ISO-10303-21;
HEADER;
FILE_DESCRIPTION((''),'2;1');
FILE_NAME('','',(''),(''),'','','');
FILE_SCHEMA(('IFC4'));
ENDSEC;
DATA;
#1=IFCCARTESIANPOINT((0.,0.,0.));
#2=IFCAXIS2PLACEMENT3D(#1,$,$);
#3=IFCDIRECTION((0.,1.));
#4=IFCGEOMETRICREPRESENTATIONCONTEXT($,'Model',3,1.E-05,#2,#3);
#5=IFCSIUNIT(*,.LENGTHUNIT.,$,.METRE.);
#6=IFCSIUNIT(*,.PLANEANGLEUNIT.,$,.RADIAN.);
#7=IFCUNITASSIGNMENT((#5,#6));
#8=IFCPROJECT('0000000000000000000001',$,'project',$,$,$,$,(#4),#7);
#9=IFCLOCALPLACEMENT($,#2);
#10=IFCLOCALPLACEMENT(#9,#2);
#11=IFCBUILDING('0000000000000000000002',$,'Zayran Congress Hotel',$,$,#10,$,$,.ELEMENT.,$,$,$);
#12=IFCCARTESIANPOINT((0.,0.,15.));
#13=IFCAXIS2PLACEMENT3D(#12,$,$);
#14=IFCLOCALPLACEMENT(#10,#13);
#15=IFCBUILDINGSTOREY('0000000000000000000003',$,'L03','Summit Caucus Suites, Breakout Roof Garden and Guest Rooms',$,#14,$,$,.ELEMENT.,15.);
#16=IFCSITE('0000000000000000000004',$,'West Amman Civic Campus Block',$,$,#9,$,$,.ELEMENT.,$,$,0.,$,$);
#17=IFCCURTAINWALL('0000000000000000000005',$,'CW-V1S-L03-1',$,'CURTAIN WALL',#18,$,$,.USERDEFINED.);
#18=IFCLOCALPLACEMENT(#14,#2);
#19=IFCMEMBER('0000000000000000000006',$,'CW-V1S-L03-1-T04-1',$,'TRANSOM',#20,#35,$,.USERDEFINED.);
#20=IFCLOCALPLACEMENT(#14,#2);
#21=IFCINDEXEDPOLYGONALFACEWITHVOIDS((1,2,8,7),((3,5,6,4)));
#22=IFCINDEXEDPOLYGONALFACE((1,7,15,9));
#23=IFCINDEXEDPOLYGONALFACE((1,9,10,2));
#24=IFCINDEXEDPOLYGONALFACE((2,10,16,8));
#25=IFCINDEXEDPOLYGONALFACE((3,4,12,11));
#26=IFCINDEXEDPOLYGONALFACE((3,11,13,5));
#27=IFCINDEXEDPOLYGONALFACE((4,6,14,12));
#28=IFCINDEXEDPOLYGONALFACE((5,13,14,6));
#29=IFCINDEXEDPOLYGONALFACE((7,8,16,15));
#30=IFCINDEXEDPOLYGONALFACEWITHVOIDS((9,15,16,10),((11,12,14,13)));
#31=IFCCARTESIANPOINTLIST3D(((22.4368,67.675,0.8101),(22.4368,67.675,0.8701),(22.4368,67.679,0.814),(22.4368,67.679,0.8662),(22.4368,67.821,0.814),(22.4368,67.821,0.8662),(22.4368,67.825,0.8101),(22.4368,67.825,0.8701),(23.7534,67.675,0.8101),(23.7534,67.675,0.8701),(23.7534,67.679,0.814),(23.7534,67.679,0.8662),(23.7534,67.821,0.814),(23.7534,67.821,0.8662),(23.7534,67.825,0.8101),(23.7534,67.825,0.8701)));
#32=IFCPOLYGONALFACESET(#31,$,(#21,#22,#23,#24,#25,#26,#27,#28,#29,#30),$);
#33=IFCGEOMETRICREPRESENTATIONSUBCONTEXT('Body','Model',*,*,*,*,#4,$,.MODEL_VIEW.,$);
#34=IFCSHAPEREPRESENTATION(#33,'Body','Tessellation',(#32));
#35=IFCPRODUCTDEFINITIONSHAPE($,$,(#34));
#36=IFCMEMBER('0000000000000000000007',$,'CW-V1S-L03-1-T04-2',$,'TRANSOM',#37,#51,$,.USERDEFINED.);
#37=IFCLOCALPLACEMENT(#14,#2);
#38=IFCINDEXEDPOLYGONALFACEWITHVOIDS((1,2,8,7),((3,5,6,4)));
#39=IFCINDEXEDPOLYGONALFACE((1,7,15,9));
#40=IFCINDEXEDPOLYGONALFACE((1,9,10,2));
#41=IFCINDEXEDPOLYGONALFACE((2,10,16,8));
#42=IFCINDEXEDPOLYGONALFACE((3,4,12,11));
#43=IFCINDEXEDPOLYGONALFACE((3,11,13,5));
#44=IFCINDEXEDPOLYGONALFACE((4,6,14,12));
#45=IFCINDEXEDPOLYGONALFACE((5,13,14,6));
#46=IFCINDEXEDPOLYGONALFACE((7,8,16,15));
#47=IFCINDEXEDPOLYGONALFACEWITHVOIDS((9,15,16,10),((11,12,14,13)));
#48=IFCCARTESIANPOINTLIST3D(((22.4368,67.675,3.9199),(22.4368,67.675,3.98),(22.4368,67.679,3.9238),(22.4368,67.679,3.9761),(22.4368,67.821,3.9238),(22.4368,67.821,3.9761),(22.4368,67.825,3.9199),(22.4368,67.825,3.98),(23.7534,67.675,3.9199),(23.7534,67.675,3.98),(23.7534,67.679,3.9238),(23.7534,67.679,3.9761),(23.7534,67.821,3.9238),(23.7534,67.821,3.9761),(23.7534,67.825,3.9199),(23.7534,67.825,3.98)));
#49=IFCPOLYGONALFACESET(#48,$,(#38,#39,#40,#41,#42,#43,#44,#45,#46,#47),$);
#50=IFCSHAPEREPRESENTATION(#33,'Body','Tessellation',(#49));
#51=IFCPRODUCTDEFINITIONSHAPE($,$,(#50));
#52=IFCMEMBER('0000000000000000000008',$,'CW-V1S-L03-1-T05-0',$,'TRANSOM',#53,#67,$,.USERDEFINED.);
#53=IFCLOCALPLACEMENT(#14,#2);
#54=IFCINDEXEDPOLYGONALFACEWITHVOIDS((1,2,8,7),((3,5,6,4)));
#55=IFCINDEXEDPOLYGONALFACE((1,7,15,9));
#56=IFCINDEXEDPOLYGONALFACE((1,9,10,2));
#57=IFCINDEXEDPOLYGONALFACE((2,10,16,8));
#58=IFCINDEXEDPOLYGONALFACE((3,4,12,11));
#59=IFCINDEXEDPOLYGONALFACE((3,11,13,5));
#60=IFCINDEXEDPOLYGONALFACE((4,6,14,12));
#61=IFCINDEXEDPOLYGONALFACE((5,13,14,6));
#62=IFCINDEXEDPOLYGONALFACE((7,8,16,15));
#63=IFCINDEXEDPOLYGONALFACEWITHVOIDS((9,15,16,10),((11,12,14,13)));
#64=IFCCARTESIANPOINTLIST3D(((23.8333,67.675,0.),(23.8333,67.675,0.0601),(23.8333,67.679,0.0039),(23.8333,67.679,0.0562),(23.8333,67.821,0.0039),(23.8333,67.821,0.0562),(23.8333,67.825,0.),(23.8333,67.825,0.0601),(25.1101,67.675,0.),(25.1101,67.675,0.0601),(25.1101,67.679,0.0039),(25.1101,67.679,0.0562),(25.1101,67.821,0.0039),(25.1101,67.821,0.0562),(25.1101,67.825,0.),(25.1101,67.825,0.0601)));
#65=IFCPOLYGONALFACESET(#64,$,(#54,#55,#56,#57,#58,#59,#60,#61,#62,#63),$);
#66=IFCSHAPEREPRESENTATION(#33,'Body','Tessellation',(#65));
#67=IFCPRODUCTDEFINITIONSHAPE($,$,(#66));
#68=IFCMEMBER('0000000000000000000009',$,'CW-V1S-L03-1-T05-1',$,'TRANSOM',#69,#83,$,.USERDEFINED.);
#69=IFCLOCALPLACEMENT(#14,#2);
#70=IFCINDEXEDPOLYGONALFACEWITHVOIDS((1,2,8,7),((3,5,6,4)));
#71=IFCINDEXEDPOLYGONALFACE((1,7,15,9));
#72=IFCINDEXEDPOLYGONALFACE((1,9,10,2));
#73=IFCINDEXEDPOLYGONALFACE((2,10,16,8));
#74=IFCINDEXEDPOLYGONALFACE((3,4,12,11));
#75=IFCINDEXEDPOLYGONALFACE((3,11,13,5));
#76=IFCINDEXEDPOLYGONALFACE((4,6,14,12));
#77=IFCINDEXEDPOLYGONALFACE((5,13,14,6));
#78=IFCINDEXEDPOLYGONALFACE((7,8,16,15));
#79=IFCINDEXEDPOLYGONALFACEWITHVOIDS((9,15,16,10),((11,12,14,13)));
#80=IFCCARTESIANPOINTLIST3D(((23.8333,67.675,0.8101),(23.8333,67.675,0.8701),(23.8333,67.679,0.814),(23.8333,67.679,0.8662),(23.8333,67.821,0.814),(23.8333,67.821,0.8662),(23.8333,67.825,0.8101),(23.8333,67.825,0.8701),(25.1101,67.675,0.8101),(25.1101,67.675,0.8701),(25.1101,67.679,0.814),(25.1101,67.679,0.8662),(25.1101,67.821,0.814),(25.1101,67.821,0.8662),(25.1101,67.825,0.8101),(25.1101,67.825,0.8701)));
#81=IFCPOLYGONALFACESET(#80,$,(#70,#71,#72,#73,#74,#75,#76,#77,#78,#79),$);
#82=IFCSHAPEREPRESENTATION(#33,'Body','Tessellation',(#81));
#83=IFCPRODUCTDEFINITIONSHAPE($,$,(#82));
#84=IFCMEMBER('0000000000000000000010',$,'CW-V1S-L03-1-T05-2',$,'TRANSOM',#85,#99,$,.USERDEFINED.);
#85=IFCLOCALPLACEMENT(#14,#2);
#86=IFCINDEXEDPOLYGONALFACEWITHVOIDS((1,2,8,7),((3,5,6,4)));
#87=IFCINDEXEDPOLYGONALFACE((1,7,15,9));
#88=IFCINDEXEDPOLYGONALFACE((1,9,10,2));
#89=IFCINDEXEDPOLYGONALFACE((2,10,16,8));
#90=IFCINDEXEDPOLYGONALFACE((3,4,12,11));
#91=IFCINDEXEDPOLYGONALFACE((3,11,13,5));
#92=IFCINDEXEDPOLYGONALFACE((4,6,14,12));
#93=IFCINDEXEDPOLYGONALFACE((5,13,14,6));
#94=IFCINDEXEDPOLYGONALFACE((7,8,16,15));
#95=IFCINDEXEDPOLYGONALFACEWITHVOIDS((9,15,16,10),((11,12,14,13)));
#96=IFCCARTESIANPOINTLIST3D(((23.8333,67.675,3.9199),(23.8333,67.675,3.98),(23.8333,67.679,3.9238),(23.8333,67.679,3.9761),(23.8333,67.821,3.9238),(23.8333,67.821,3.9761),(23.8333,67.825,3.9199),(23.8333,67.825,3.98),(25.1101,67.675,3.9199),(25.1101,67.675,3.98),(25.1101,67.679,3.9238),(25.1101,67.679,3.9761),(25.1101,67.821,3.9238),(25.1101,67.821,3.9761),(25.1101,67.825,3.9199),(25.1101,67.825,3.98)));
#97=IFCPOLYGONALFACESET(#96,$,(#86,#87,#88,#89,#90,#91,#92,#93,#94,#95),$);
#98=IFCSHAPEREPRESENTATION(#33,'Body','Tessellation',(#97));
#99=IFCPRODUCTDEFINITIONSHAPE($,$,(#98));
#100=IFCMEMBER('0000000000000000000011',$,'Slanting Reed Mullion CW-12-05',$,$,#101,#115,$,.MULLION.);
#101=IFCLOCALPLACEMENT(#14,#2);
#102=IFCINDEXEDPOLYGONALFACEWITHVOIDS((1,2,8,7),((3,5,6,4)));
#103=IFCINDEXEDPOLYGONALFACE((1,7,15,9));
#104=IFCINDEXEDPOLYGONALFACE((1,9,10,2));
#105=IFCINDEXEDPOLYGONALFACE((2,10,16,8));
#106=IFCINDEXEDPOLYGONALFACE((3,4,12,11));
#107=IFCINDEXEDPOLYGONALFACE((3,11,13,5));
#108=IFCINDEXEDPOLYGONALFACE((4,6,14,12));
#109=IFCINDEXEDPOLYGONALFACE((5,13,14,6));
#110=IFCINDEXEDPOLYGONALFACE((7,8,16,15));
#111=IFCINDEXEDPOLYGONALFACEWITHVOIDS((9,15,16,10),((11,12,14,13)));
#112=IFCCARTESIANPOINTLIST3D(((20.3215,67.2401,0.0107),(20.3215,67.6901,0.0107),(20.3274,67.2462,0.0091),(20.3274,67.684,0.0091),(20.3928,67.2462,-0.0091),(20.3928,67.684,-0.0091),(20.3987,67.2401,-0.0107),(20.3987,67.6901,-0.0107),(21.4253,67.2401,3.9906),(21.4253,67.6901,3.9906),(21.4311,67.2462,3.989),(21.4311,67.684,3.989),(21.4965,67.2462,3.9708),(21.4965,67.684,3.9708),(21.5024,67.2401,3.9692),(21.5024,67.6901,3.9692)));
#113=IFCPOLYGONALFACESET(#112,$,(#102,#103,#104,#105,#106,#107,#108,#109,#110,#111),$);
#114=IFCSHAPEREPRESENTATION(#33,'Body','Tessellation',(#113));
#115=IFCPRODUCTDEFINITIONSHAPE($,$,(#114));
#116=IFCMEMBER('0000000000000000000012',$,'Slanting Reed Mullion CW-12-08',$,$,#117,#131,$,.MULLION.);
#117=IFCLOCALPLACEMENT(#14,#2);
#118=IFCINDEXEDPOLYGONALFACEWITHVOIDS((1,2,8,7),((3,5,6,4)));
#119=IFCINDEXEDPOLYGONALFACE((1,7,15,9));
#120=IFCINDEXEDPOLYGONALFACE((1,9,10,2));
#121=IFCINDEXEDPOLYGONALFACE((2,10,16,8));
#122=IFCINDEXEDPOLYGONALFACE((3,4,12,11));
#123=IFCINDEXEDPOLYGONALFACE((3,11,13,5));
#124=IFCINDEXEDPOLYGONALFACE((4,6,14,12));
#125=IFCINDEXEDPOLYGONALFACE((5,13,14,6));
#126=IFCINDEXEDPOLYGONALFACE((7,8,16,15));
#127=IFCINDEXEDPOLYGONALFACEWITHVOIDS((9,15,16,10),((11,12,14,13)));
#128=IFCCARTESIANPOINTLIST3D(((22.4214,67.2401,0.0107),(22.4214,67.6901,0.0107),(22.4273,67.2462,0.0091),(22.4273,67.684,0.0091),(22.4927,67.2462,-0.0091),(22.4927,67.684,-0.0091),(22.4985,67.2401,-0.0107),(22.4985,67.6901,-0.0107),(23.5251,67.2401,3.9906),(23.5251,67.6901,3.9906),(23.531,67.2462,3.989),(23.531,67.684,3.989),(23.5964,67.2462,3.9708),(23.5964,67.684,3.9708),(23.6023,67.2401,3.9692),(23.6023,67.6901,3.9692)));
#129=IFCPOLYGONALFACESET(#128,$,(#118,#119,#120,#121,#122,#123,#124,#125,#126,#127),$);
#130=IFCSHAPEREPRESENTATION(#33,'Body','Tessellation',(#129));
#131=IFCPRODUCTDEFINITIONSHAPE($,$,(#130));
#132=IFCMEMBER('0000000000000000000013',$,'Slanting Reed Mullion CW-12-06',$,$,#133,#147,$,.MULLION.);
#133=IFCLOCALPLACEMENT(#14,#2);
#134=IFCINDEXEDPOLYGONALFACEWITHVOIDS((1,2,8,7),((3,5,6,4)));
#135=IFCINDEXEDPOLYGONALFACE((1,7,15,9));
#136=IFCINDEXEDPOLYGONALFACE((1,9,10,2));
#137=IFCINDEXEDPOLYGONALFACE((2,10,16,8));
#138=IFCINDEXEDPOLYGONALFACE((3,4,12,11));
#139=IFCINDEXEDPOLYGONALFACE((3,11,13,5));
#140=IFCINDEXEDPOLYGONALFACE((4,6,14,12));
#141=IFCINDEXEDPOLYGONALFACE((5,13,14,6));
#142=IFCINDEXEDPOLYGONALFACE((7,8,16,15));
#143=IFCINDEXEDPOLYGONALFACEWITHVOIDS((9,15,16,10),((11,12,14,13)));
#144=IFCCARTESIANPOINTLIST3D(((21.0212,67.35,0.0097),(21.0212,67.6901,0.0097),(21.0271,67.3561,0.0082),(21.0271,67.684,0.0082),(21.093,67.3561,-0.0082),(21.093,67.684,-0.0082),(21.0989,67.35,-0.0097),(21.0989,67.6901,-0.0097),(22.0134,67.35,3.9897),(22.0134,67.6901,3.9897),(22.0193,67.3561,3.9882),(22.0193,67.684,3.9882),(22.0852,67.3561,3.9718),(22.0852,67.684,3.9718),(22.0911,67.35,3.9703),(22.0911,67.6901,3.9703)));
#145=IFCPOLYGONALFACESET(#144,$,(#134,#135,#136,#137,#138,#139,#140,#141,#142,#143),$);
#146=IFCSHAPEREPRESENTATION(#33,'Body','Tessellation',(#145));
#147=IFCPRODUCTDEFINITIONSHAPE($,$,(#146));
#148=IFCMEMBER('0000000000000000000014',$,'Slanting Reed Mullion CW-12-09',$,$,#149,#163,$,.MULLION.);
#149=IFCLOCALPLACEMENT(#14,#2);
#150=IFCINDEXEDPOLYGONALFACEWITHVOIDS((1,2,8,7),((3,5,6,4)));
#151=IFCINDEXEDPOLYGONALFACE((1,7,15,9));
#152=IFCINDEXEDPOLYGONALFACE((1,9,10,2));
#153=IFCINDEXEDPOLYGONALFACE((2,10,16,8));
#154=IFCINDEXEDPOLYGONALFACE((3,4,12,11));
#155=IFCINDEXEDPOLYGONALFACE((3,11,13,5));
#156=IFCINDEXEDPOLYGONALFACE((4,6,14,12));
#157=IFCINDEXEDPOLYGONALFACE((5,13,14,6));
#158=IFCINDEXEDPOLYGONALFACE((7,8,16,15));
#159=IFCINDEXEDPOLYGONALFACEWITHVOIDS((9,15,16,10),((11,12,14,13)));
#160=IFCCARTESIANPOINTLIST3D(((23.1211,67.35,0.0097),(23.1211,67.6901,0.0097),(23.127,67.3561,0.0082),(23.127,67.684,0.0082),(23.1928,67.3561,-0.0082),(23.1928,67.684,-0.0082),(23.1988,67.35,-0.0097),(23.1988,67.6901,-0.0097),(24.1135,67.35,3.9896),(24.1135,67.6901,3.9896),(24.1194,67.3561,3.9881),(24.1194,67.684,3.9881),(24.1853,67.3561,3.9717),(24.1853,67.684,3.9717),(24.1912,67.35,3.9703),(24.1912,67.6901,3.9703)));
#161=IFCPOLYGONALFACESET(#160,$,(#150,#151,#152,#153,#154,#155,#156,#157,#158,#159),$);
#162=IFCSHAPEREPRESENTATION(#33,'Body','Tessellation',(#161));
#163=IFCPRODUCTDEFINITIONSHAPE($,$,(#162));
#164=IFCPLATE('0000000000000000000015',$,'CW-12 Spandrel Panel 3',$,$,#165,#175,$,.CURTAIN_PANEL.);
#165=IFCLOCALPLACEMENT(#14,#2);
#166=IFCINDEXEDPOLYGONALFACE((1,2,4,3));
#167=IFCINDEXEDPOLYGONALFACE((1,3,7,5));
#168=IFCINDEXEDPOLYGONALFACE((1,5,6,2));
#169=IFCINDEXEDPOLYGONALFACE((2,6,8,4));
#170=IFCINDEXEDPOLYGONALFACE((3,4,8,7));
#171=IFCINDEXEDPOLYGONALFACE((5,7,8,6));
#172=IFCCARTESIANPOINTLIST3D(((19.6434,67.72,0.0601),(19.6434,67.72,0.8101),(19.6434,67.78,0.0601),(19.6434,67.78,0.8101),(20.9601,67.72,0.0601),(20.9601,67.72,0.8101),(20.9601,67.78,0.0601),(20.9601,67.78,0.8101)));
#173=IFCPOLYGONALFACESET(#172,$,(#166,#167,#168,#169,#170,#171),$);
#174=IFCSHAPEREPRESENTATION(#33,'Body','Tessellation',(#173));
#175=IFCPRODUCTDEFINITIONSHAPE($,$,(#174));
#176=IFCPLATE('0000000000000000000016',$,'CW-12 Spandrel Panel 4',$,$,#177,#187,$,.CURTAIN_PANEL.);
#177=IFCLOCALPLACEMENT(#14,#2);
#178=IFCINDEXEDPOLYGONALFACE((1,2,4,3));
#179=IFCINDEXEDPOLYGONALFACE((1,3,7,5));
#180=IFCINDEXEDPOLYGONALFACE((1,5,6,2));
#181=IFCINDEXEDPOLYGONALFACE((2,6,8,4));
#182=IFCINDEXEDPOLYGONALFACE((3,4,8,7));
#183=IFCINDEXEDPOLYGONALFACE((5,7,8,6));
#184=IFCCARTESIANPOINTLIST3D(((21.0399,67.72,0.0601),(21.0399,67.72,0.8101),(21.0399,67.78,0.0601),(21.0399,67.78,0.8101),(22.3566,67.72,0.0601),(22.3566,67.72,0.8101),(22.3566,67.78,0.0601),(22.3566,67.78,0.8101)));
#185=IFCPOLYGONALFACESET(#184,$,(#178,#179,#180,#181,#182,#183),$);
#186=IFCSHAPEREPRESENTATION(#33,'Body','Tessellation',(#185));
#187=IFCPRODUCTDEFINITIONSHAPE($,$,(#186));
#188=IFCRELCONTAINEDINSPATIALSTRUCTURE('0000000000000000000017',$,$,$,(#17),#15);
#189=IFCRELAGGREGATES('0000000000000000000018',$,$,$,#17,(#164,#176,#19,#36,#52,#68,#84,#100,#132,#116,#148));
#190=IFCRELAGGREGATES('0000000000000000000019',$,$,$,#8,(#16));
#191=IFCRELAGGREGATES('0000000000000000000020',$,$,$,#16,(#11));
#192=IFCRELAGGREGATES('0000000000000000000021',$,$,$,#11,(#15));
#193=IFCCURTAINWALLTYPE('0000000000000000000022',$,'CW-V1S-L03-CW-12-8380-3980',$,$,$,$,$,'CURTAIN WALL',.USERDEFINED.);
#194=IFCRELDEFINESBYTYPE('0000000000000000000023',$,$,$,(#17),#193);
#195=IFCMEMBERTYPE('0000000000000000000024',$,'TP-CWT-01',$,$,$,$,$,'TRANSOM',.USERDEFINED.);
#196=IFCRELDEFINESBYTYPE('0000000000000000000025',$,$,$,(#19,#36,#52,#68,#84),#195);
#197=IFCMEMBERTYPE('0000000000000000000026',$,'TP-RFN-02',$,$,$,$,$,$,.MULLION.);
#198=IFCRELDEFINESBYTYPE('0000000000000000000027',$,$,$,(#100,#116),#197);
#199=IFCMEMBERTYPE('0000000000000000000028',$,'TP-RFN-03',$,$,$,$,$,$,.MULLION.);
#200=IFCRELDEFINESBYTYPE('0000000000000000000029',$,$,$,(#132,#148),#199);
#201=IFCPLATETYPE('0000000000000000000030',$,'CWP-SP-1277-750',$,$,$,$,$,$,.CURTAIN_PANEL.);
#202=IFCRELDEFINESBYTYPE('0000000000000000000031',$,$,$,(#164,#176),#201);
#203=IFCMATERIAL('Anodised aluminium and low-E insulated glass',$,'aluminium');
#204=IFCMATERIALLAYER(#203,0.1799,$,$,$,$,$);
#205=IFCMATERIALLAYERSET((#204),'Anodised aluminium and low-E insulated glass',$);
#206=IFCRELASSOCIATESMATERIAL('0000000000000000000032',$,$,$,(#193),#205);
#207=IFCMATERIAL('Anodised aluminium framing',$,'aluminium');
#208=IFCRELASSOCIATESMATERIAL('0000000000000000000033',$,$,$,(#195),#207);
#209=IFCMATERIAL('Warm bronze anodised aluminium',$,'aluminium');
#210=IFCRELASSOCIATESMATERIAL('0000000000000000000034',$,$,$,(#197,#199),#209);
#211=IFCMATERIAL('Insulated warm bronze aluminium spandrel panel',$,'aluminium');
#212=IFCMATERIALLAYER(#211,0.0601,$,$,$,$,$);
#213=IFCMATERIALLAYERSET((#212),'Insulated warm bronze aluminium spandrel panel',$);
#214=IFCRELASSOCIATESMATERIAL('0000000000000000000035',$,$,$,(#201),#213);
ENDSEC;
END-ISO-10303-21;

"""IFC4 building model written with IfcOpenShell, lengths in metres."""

from ifc_helpers import new_model, si_unit, direction, frame, origin, origin_2d, place, context, subcontext, project, spatial, rectangle, hollow_rectangle, extrude, material, layer, layer_set, material_profile, profile_set, type_object, element, aggregate, save


model = new_model("IFC4")

# Units and contexts
model_context = context("Model", 3, precision=1e-05, world=origin(), true_north=direction((0.0, 1.0)))
body_context = subcontext(model_context, "Body", "Model", "MODEL_VIEW")
ifc_project = project(units=[si_unit("LENGTHUNIT", "METRE"), si_unit("PLANEANGLEUNIT", "RADIAN")], contexts=[model_context])

# Site, building, storey
site_placement = place(None, origin())
site = spatial("IfcSite", under=ifc_project, at=site_placement, Name="West Amman Civic Campus Block", CompositionType="ELEMENT", RefElevation=0.0)
building_placement = place(site_placement, origin())
building = spatial("IfcBuilding", under=site, at=building_placement, Name="Zayran Congress Hotel", CompositionType="ELEMENT")
storey_placement = place(building_placement, frame((0.0, 0.0, 15.0)))
storey = spatial("IfcBuildingStorey", under=building, at=storey_placement, Name="L03", Description="Summit Caucus Suites, Breakout Roof Garden and Guest Rooms", CompositionType="ELEMENT", Elevation=15.0)

# Curtain wall, members, plates
ifc_material_1 = material(Name="Anodised aluminium and low-E insulated glass", Category="aluminium")
ifc_layer_1 = layer(ifc_material_1, 0.1799)
ifc_layer_set_1 = layer_set([ifc_layer_1], Name="Anodised aluminium and low-E insulated glass")
curtain_wall_type = type_object("IfcCurtainWallType", Name="CW-V1S-L03-CW-12-8380-3980", ElementType="CURTAIN WALL", PredefinedType="USERDEFINED", material=ifc_layer_set_1)
curtain_wall_placement = place(storey_placement, origin())
curtain_wall = element("IfcCurtainWall", 1, at=curtain_wall_placement, inside=storey, type_object=curtain_wall_type, Name="CW-V1S-L03-1", ObjectType="CURTAIN WALL", PredefinedType="USERDEFINED")
ifc_material_2 = material(Name="Anodised aluminium framing", Category="aluminium")
ifc_material_profile_1 = material_profile(ifc_material_2, hollow_rectangle(XDim=0.0601, YDim=0.1499, WallThickness=0.0039, at=origin_2d()), Name="RHS 150x60x4")
ifc_profile_set_1 = profile_set([ifc_material_profile_1], Name="Anodised aluminium framing")
member_type_1 = type_object("IfcMemberType", Name="TP-CWT-01", ElementType="TRANSOM", PredefinedType="USERDEFINED", material=ifc_profile_set_1)
member_1_placement = place(storey_placement, frame((22.4368, 67.75, 0.8401), z_axis=(1.0, 0.0, 0.0), x_axis=(0.0, 0.0, 1.0)))
member_1 = element("IfcMember", 2, at=member_1_placement, type_object=member_type_1, Name="CW-V1S-L03-1-T04-1", ObjectType="TRANSOM", PredefinedType="USERDEFINED", context=body_context, shape_type="SweptSolid", body=[
    extrude(hollow_rectangle(XDim=0.0601, YDim=0.1499, WallThickness=0.0039, at=origin_2d()), origin(), (0.0, 0.0, 1.0), 1.3167),
])
member_2_placement = place(storey_placement, frame((22.4368, 67.75, 3.95), z_axis=(1.0, 0.0, 0.0), x_axis=(0.0, 0.0, 1.0)))
member_2 = element("IfcMember", 3, at=member_2_placement, type_object=member_type_1, Name="CW-V1S-L03-1-T04-2", ObjectType="TRANSOM", PredefinedType="USERDEFINED", context=body_context, shape_type="SweptSolid", body=[
    extrude(hollow_rectangle(XDim=0.0601, YDim=0.1499, WallThickness=0.0039, at=origin_2d()), origin(), (0.0, 0.0, 1.0), 1.3167),
])
member_3_placement = place(storey_placement, frame((23.8333, 67.75, 0.03), z_axis=(1.0, 0.0, 0.0), x_axis=(0.0, 0.0, 1.0)))
member_3 = element("IfcMember", 4, at=member_3_placement, type_object=member_type_1, Name="CW-V1S-L03-1-T05-0", ObjectType="TRANSOM", PredefinedType="USERDEFINED", context=body_context, shape_type="SweptSolid", body=[
    extrude(hollow_rectangle(XDim=0.0601, YDim=0.1499, WallThickness=0.0039, at=origin_2d()), origin(), (0.0, 0.0, 1.0), 1.2769),
])
member_4_placement = place(storey_placement, frame((23.8333, 67.75, 0.8401), z_axis=(1.0, 0.0, 0.0), x_axis=(0.0, 0.0, 1.0)))
member_4 = element("IfcMember", 5, at=member_4_placement, type_object=member_type_1, Name="CW-V1S-L03-1-T05-1", ObjectType="TRANSOM", PredefinedType="USERDEFINED", context=body_context, shape_type="SweptSolid", body=[
    extrude(hollow_rectangle(XDim=0.0601, YDim=0.1499, WallThickness=0.0039, at=origin_2d()), origin(), (0.0, 0.0, 1.0), 1.2769),
])
member_5_placement = place(storey_placement, frame((23.8333, 67.75, 3.95), z_axis=(1.0, 0.0, 0.0), x_axis=(0.0, 0.0, 1.0)))
member_5 = element("IfcMember", 6, at=member_5_placement, type_object=member_type_1, Name="CW-V1S-L03-1-T05-2", ObjectType="TRANSOM", PredefinedType="USERDEFINED", context=body_context, shape_type="SweptSolid", body=[
    extrude(hollow_rectangle(XDim=0.0601, YDim=0.1499, WallThickness=0.0039, at=origin_2d()), origin(), (0.0, 0.0, 1.0), 1.2769),
])
ifc_material_3 = material(Name="Warm bronze anodised aluminium", Category="aluminium")
ifc_material_profile_2 = material_profile(ifc_material_3, hollow_rectangle(XDim=0.0801, YDim=0.45, WallThickness=0.0061, at=origin_2d()), Name="RHS 450x80x6")
ifc_profile_set_2 = profile_set([ifc_material_profile_2], Name="Warm bronze anodised aluminium")
member_type_2 = type_object("IfcMemberType", Name="TP-RFN-02", PredefinedType="MULLION", material=ifc_profile_set_2)
member_6_placement = place(storey_placement, frame((20.3601, 67.4651, 0.0), z_axis=(0.267241, 0.0, 0.96363), x_axis=(-0.96363, 0.0, 0.267241)))
member_6 = element("IfcMember", 7, at=member_6_placement, type_object=member_type_2, Name="Slanting Reed Mullion CW-12-05", PredefinedType="MULLION", context=body_context, shape_type="SweptSolid", body=[
    extrude(hollow_rectangle(XDim=0.0801, YDim=0.45, WallThickness=0.0061, at=origin_2d()), origin(), (0.0, 0.0, 1.0), 4.1301),
])
member_7_placement = place(storey_placement, frame((22.46, 67.4651, 0.0), z_axis=(0.267241, 0.0, 0.96363), x_axis=(-0.96363, 0.0, 0.267241)))
member_7 = element("IfcMember", 8, at=member_7_placement, type_object=member_type_2, Name="Slanting Reed Mullion CW-12-08", PredefinedType="MULLION", context=body_context, shape_type="SweptSolid", body=[
    extrude(hollow_rectangle(XDim=0.0801, YDim=0.45, WallThickness=0.0061, at=origin_2d()), origin(), (0.0, 0.0, 1.0), 4.1301),
])
ifc_material_profile_3 = material_profile(ifc_material_3, hollow_rectangle(XDim=0.0801, YDim=0.3401, WallThickness=0.0061, at=origin_2d()), Name="RHS 340x80x6")
ifc_profile_set_3 = profile_set([ifc_material_profile_3], Name="Warm bronze anodised aluminium")
member_type_3 = type_object("IfcMemberType", Name="TP-RFN-03", PredefinedType="MULLION", material=ifc_profile_set_3)
member_8_placement = place(storey_placement, frame((21.0601, 67.52, 0.0), z_axis=(0.241891, 0.0, 0.970303), x_axis=(-0.970303, 0.0, 0.241891)))
member_8 = element("IfcMember", 9, at=member_8_placement, type_object=member_type_3, Name="Slanting Reed Mullion CW-12-06", PredefinedType="MULLION", context=body_context, shape_type="SweptSolid", body=[
    extrude(hollow_rectangle(XDim=0.0801, YDim=0.3401, WallThickness=0.0061, at=origin_2d()), origin(), (0.0, 0.0, 1.0), 4.1018),
])
member_9_placement = place(storey_placement, frame((23.1599, 67.52, 0.0), z_axis=(0.241947, 0.0, 0.970289), x_axis=(-0.970289, 0.0, 0.241947)))
member_9 = element("IfcMember", 10, at=member_9_placement, type_object=member_type_3, Name="Slanting Reed Mullion CW-12-09", PredefinedType="MULLION", context=body_context, shape_type="SweptSolid", body=[
    extrude(hollow_rectangle(XDim=0.0801, YDim=0.3401, WallThickness=0.0061, at=origin_2d()), origin(), (0.0, 0.0, 1.0), 4.1018),
])
ifc_material_4 = material(Name="Insulated warm bronze aluminium spandrel panel", Category="aluminium")
ifc_layer_2 = layer(ifc_material_4, 0.0601)
ifc_layer_set_2 = layer_set([ifc_layer_2], Name="Insulated warm bronze aluminium spandrel panel")
plate_type_1 = type_object("IfcPlateType", Name="CWP-SP-1277-750", PredefinedType="CURTAIN_PANEL", material=ifc_layer_set_2)
plate_1_placement = place(storey_placement, frame((20.3018, 67.75, 0.0601), z_axis=(0.0, 0.0, 1.0), x_axis=(1.0, 0.0, 0.0)))
plate_1 = element("IfcPlate", 11, at=plate_1_placement, type_object=plate_type_1, Name="CW-12 Spandrel Panel 3", PredefinedType="CURTAIN_PANEL", context=body_context, shape_type="SweptSolid", body=[
    extrude(rectangle(XDim=1.3167, YDim=0.0601, at=origin_2d()), origin(), (0.0, 0.0, 1.0), 0.75),
])
plate_2_placement = place(storey_placement, frame((21.6982, 67.75, 0.0601), z_axis=(0.0, 0.0, 1.0), x_axis=(1.0, 0.0, 0.0)))
plate_2 = element("IfcPlate", 12, at=plate_2_placement, type_object=plate_type_1, Name="CW-12 Spandrel Panel 4", PredefinedType="CURTAIN_PANEL", context=body_context, shape_type="SweptSolid", body=[
    extrude(rectangle(XDim=1.3167, YDim=0.0601, at=origin_2d()), origin(), (0.0, 0.0, 1.0), 0.75),
])
aggregate(curtain_wall, [plate_1, plate_2, member_1, member_2, member_3, member_4, member_5, member_6, member_8, member_7, member_9])

save(model, "model.ifc")
